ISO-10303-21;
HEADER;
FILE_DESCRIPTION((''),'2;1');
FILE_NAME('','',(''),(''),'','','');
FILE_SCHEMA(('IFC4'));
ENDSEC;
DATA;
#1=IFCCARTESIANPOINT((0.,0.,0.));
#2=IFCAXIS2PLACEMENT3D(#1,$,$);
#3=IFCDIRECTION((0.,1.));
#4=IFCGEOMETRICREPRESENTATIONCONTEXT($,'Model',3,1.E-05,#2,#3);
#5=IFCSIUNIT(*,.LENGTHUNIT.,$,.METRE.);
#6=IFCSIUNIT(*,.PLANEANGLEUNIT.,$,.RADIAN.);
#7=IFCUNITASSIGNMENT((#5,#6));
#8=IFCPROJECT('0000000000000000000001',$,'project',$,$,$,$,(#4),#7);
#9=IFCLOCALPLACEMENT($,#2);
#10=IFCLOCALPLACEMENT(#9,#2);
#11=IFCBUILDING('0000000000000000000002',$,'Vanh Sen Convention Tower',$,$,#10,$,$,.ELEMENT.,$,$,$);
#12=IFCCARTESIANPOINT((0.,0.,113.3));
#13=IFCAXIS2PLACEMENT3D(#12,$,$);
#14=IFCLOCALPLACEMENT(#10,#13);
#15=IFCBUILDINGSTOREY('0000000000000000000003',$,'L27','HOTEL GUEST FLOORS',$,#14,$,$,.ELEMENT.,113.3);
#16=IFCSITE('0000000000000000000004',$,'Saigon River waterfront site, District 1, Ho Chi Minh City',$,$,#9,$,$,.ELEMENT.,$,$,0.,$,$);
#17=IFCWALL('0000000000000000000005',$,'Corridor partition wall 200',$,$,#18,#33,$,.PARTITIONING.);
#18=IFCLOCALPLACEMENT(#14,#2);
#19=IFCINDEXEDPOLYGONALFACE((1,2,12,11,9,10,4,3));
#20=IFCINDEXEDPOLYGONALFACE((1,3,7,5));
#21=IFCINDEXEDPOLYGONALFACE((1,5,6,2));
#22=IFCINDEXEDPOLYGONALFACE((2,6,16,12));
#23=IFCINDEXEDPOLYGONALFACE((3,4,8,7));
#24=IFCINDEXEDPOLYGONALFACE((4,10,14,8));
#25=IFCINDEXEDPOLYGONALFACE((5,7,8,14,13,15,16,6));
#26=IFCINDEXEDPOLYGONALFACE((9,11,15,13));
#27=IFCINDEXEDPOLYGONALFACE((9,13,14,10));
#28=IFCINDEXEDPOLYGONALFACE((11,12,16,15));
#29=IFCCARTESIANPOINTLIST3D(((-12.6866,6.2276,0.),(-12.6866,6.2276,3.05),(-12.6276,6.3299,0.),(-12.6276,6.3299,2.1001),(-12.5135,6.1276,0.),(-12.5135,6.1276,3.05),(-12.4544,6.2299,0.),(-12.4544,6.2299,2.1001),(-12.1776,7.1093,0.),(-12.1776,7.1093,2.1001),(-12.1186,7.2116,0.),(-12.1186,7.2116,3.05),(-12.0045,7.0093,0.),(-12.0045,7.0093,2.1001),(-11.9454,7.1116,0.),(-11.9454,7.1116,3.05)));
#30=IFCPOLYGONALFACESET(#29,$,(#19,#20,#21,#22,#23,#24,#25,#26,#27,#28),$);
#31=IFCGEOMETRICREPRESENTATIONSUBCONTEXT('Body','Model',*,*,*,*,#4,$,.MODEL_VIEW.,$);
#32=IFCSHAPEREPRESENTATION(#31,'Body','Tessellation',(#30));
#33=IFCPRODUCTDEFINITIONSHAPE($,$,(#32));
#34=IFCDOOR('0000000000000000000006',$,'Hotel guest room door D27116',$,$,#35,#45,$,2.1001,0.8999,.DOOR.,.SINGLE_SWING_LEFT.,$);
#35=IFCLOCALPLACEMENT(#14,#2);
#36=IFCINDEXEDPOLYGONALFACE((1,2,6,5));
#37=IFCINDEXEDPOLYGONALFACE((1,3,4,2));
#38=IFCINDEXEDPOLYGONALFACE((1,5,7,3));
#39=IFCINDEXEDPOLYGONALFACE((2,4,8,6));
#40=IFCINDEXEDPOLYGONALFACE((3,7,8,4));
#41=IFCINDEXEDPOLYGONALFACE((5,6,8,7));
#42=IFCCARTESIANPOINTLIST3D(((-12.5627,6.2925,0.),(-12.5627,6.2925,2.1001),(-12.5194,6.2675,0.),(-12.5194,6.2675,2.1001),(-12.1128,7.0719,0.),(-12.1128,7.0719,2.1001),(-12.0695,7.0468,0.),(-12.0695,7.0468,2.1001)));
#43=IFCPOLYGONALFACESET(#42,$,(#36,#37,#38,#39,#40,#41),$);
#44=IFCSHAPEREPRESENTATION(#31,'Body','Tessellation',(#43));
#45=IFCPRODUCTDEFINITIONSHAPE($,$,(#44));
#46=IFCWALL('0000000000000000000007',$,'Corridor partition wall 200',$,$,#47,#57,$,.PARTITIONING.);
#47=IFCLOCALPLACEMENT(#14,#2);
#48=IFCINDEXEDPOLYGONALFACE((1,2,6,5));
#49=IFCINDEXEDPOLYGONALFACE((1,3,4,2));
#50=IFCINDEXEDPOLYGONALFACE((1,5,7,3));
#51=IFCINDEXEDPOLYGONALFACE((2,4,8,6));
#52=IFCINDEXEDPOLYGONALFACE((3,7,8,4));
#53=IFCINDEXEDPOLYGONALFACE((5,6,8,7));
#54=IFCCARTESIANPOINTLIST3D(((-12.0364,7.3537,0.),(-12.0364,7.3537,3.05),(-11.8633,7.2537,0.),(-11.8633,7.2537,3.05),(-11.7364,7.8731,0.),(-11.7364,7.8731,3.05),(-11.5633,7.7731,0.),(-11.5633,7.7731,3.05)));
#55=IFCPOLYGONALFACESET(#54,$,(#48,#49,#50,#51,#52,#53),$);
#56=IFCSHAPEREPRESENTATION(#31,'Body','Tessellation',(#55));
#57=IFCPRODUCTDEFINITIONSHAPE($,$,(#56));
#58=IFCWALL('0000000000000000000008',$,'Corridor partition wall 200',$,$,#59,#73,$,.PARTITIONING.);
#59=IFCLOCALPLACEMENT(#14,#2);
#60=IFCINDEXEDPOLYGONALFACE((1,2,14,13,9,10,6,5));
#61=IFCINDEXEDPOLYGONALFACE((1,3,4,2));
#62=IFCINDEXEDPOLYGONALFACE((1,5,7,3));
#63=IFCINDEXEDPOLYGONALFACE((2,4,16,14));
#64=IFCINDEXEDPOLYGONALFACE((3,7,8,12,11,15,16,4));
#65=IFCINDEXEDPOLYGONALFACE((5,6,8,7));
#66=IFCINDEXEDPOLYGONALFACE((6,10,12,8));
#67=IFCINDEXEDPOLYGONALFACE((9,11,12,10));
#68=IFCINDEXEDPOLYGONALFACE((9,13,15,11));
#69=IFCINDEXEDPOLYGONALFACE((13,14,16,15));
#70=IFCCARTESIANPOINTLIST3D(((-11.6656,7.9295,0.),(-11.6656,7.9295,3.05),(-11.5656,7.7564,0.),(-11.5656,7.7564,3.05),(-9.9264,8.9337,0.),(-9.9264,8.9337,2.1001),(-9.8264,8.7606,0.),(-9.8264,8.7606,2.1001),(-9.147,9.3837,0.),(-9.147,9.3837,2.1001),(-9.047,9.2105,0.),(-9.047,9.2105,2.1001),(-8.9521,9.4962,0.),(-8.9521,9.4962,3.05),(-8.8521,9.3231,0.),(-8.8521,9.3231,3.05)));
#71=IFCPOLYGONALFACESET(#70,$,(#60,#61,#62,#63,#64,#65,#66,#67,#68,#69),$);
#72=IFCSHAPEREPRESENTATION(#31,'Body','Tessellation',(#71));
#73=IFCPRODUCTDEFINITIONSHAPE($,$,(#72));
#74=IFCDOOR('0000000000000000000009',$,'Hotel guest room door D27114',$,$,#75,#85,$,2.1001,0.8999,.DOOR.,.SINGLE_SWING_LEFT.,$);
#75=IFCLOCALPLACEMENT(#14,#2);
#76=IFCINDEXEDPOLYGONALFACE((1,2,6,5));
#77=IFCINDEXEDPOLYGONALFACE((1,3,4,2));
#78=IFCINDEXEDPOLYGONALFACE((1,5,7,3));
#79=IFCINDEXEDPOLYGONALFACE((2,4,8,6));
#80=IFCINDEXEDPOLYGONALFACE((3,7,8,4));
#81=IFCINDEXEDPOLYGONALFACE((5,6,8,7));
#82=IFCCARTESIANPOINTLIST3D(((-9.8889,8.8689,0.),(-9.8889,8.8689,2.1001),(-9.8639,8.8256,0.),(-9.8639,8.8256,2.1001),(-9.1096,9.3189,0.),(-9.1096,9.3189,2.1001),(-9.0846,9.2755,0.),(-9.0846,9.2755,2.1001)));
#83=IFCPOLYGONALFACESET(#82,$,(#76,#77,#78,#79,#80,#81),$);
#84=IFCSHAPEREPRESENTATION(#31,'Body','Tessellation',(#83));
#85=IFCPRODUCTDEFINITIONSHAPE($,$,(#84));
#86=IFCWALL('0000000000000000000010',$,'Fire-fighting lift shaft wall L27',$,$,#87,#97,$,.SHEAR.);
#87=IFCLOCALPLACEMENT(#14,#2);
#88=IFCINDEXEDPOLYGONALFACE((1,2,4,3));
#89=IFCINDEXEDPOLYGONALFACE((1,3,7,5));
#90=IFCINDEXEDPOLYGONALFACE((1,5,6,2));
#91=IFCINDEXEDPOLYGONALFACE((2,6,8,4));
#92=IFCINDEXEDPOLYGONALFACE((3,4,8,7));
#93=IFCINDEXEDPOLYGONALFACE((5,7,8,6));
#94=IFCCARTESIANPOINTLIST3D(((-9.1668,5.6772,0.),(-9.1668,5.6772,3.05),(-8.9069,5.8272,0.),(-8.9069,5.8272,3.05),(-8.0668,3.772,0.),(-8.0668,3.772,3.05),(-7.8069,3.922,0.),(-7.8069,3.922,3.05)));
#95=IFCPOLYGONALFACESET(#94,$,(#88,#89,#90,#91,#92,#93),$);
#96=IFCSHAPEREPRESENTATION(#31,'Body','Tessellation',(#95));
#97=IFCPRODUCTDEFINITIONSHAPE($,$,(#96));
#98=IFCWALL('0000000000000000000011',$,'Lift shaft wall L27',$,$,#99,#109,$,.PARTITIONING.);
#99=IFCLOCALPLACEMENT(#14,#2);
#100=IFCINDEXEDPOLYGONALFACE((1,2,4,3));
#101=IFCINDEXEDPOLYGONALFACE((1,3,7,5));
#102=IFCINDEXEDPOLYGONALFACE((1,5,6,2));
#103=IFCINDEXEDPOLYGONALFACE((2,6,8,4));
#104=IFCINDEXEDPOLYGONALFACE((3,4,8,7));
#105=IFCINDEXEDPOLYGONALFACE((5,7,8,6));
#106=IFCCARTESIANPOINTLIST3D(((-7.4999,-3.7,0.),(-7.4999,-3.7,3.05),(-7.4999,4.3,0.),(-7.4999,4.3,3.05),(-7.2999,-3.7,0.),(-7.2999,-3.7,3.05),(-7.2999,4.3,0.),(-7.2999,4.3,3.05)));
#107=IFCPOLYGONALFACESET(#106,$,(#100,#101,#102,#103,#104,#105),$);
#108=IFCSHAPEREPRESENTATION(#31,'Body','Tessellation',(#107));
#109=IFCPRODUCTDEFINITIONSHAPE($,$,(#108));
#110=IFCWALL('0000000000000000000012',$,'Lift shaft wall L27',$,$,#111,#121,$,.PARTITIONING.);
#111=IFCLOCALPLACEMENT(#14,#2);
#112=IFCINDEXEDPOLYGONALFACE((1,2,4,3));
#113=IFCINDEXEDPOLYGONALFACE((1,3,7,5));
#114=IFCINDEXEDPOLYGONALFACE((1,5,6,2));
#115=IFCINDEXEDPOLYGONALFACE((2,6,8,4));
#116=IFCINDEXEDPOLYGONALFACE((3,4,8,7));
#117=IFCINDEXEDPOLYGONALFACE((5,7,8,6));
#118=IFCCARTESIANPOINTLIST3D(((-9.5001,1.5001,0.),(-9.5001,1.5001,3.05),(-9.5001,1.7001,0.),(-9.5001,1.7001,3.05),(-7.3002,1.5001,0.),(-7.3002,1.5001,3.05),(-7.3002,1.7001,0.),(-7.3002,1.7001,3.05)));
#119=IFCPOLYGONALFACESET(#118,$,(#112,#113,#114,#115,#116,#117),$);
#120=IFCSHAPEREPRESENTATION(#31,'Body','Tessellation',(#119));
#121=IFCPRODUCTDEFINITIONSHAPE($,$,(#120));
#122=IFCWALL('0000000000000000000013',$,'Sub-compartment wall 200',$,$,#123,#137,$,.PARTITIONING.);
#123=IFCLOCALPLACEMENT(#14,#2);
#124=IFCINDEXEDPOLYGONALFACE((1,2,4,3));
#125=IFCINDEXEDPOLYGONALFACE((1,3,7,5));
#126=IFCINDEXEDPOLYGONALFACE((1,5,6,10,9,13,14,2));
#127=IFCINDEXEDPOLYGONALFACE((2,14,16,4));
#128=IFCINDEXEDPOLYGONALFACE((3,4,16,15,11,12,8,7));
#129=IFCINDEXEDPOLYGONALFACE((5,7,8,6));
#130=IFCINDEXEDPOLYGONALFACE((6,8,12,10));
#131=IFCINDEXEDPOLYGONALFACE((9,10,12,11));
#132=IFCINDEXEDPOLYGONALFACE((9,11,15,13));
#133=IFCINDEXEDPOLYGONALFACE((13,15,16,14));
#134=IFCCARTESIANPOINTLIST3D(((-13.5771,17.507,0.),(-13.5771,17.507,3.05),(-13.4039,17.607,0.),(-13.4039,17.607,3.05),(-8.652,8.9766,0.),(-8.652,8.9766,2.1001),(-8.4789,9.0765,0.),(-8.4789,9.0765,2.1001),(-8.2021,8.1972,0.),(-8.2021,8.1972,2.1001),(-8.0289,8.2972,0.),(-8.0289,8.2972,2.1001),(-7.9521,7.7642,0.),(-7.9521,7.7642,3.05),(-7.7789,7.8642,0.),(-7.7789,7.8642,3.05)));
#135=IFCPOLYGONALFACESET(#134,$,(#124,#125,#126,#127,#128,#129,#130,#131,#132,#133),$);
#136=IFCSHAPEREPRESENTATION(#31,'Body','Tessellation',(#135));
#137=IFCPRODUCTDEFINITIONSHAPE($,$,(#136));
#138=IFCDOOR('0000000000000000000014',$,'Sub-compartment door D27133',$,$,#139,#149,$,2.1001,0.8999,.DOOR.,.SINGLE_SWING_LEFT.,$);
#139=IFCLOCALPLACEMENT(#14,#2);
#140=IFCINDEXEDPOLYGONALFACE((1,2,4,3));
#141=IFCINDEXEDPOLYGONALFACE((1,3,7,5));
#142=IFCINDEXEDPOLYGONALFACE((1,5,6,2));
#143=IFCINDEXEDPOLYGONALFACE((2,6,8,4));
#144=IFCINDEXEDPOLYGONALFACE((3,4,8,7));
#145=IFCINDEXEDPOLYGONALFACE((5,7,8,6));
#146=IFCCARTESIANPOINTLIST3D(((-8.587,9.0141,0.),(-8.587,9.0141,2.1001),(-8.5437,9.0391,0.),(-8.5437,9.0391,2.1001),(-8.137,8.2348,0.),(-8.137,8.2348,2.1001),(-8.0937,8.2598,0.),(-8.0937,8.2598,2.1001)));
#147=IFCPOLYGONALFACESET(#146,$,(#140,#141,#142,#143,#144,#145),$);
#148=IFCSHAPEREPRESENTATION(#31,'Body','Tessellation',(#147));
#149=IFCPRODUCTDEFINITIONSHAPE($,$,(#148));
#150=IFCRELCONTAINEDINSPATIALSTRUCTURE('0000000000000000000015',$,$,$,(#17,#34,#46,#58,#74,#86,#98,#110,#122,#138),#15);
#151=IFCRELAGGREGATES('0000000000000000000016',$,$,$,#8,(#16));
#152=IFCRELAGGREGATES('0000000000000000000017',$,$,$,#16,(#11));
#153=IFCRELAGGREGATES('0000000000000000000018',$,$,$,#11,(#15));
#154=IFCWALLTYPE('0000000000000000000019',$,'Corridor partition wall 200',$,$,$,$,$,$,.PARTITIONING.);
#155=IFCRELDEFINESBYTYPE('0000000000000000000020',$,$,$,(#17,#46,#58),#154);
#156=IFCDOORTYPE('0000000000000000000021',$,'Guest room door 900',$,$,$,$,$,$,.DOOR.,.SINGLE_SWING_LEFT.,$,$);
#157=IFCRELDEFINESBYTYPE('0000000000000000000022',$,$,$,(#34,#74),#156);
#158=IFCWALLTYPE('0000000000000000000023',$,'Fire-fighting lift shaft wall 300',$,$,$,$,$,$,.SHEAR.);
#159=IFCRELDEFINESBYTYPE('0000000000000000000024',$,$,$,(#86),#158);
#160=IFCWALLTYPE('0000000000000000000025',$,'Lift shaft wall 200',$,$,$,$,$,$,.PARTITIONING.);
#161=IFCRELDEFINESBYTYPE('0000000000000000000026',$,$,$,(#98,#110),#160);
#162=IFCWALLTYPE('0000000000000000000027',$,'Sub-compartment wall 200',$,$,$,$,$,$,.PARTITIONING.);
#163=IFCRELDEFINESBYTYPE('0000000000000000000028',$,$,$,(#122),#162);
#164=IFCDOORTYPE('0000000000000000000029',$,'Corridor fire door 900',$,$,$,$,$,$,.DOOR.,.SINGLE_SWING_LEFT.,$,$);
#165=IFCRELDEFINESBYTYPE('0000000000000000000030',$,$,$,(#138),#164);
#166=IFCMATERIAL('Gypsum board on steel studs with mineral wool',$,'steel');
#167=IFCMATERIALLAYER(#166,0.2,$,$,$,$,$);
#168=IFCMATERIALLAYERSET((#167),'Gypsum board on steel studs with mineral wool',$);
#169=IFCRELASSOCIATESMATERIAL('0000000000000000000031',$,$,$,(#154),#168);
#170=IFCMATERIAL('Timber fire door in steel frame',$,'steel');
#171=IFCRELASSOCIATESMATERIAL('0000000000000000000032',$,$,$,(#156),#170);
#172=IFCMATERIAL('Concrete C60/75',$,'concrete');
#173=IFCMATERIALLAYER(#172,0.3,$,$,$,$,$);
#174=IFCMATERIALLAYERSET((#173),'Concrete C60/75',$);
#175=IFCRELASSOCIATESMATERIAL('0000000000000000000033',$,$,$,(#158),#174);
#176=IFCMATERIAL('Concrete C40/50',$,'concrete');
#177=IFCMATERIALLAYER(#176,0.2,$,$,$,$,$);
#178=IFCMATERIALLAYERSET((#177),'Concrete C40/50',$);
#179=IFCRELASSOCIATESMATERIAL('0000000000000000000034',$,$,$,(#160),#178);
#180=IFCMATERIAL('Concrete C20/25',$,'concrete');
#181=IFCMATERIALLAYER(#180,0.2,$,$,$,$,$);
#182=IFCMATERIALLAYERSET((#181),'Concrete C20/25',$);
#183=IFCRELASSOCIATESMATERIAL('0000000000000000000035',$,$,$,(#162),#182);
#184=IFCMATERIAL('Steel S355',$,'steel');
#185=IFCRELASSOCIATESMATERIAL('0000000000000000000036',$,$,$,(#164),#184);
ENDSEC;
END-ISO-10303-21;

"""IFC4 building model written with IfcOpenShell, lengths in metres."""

from ifc_helpers import new_model, si_unit, direction, frame, frame_2d, origin, place, context, subcontext, project, spatial, rectangle, extrude, material, layer, layer_set, type_object, element, fill, save


model = new_model("IFC4")

# Units and contexts
model_context = context("Model", 3, precision=1e-05, world=origin(), true_north=direction((0.0, 1.0)))
body_context = subcontext(model_context, "Body", "Model", "MODEL_VIEW")
ifc_project = project(units=[si_unit("LENGTHUNIT", "METRE"), si_unit("PLANEANGLEUNIT", "RADIAN")], contexts=[model_context])

# Site, building, storey
site_placement = place(None, origin())
site = spatial("IfcSite", under=ifc_project, at=site_placement, Name="Saigon River waterfront site, District 1, Ho Chi Minh City", CompositionType="ELEMENT", RefElevation=0.0)
building_placement = place(site_placement, origin())
building = spatial("IfcBuilding", under=site, at=building_placement, Name="Vanh Sen Convention Tower", CompositionType="ELEMENT")
storey_placement = place(building_placement, frame((0.0, 0.0, 113.3)))
storey = spatial("IfcBuildingStorey", under=building, at=storey_placement, Name="L27", Description="HOTEL GUEST FLOORS", CompositionType="ELEMENT", Elevation=113.3)

# Shared definitions
ifc_material_1 = material(Name="Gypsum board on steel studs with mineral wool", Category="steel")
ifc_layer_1 = layer(ifc_material_1, 0.2)
ifc_layer_set_1 = layer_set([ifc_layer_1], Name="Gypsum board on steel studs with mineral wool")
wall_type_1 = type_object("IfcWallType", Name="Corridor partition wall 200", PredefinedType="PARTITIONING", material=ifc_layer_set_1)
ifc_material_2 = material(Name="Timber fire door in steel frame", Category="steel")
door_type_1 = type_object("IfcDoorType", Name="Guest room door 900", OperationType="SINGLE_SWING_LEFT", PredefinedType="DOOR", material=ifc_material_2)

# Wall, opening, door
wall_1_placement = place(storey_placement, frame((-12.032, 7.1616, 0.0), z_axis=(0.0, 0.0, 1.0), x_axis=(-0.499952, -0.866053, 0.0)))
wall_1 = element("IfcWall", 1, at=wall_1_placement, inside=storey, type_object=wall_type_1, Name="Corridor partition wall 200", PredefinedType="PARTITIONING", context=body_context, shape_type="SweptSolid", body=[
    extrude(rectangle(XDim=1.1362, YDim=0.2, at=frame_2d((0.5681, 0.0))), origin(), (0.0, 0.0, 1.0), 3.05),
])
opening_1_placement = place(wall_1_placement, frame((0.1182, 0.0, 0.0)))
opening_1 = element("IfcOpeningElement", 2, at=opening_1_placement, cuts=wall_1, PredefinedType="OPENING", context=body_context, shape_type="SweptSolid", body=[
    extrude(rectangle(XDim=0.8999, YDim=2.1001, at=frame_2d((0.45, 1.05))), frame((0.0, 0.1099, 0.0), z_axis=(0.0, -1.0, 0.0), x_axis=(1.0, 0.0, 0.0)), (0.0, 0.0, 1.0), 0.22),
])
door_1_placement = place(opening_1_placement, origin())
door_1 = element("IfcDoor", 3, at=door_1_placement, inside=storey, type_object=door_type_1, Name="Hotel guest room door D27116", OperationType="SINGLE_SWING_LEFT", OverallHeight=2.1001, OverallWidth=0.8999, PredefinedType="DOOR", context=body_context, shape_type="SweptSolid", body=[
    extrude(rectangle(XDim=0.8999, YDim=2.1001, at=frame_2d((0.45, 1.05))), frame((0.0, 0.0249, 0.0), z_axis=(0.0, -1.0, 0.0), x_axis=(1.0, 0.0, 0.0)), (0.0, 0.0, 1.0), 0.05),
])
fill(opening_1, door_1)

# Wall
wall_2_placement = place(storey_placement, frame((-11.6499, 7.823, 0.0), z_axis=(0.0, 0.0, 1.0), x_axis=(-0.500122, -0.865955, 0.0)))
element("IfcWall", 4, at=wall_2_placement, inside=storey, type_object=wall_type_1, Name="Corridor partition wall 200", PredefinedType="PARTITIONING", context=body_context, shape_type="SweptSolid", body=[
    extrude(rectangle(XDim=0.5999, YDim=0.2, at=frame_2d((0.2998, 0.0))), origin(), (0.0, 0.0, 1.0), 3.05),
])

# Wall, opening, door
wall_3_placement = place(storey_placement, frame((-8.9021, 9.4097, 0.0), z_axis=(0.0, 0.0, 1.0), x_axis=(-0.866014, -0.500019, 0.0)))
wall_3 = element("IfcWall", 5, at=wall_3_placement, inside=storey, type_object=wall_type_1, Name="Corridor partition wall 200", PredefinedType="PARTITIONING", context=body_context, shape_type="SweptSolid", body=[
    extrude(rectangle(XDim=3.1333, YDim=0.2, at=frame_2d((1.5667, 0.0))), origin(), (0.0, 0.0, 1.0), 3.05),
])
opening_2_placement = place(wall_3_placement, frame((0.2251, 0.0, 0.0)))
opening_2 = element("IfcOpeningElement", 6, at=opening_2_placement, cuts=wall_3, PredefinedType="OPENING", context=body_context, shape_type="SweptSolid", body=[
    extrude(rectangle(XDim=0.8999, YDim=2.1001, at=frame_2d((0.45, 1.05))), frame((0.0, 0.1099, 0.0), z_axis=(0.0, -1.0, 0.0), x_axis=(1.0, 0.0, 0.0)), (0.0, 0.0, 1.0), 0.22),
])
door_2_placement = place(opening_2_placement, origin())
door_2 = element("IfcDoor", 7, at=door_2_placement, inside=storey, type_object=door_type_1, Name="Hotel guest room door D27114", OperationType="SINGLE_SWING_LEFT", OverallHeight=2.1001, OverallWidth=0.8999, PredefinedType="DOOR", context=body_context, shape_type="SweptSolid", body=[
    extrude(rectangle(XDim=0.8999, YDim=2.1001, at=frame_2d((0.45, 1.05))), frame((0.0, 0.0249, 0.0), z_axis=(0.0, -1.0, 0.0), x_axis=(1.0, 0.0, 0.0)), (0.0, 0.0, 1.0), 0.05),
])
fill(opening_2, door_2)

# Walls
ifc_material_3 = material(Name="Concrete C60/75", Category="concrete")
ifc_layer_2 = layer(ifc_material_3, 0.3)
ifc_layer_set_2 = layer_set([ifc_layer_2], Name="Concrete C60/75")
wall_type_2 = type_object("IfcWallType", Name="Fire-fighting lift shaft wall 300", PredefinedType="SHEAR", material=ifc_layer_set_2)
wall_4_placement = place(storey_placement, frame((-7.9368, 3.8469, 0.0), z_axis=(0.0, 0.0, 1.0), x_axis=(-0.50003, 0.866008, 0.0)))
element("IfcWall", 8, at=wall_4_placement, inside=storey, type_object=wall_type_2, Name="Fire-fighting lift shaft wall L27", PredefinedType="SHEAR", context=body_context, shape_type="SweptSolid", body=[
    extrude(rectangle(XDim=2.2, YDim=0.3, at=frame_2d((1.1001, 0.0))), origin(), (0.0, 0.0, 1.0), 3.05),
])
ifc_material_4 = material(Name="Concrete C40/50", Category="concrete")
ifc_layer_3 = layer(ifc_material_4, 0.2)
ifc_layer_set_3 = layer_set([ifc_layer_3], Name="Concrete C40/50")
wall_type_3 = type_object("IfcWallType", Name="Lift shaft wall 200", PredefinedType="PARTITIONING", material=ifc_layer_set_3)
wall_5_placement = place(storey_placement, frame((-7.3999, 4.3, 0.0), z_axis=(0.0, 0.0, 1.0), x_axis=(0.0, -1.0, 0.0)))
element("IfcWall", 9, at=wall_5_placement, inside=storey, type_object=wall_type_3, Name="Lift shaft wall L27", PredefinedType="PARTITIONING", context=body_context, shape_type="SweptSolid", body=[
    extrude(rectangle(XDim=8.0, YDim=0.2, at=frame_2d((4.0, 0.0))), origin(), (0.0, 0.0, 1.0), 3.05),
])
wall_6_placement = place(storey_placement, frame((-7.3, 1.6001, 0.0), z_axis=(0.0, 0.0, 1.0), x_axis=(-1.0, 0.0, 0.0)))
element("IfcWall", 10, at=wall_6_placement, inside=storey, type_object=wall_type_3, Name="Lift shaft wall L27", PredefinedType="PARTITIONING", context=body_context, shape_type="SweptSolid", body=[
    extrude(rectangle(XDim=2.2, YDim=0.2, at=frame_2d((1.1001, 0.0))), origin(), (0.0, 0.0, 1.0), 3.05),
])

# Wall, opening, door
ifc_material_5 = material(Name="Concrete C20/25", Category="concrete")
ifc_layer_4 = layer(ifc_material_5, 0.2)
ifc_layer_set_4 = layer_set([ifc_layer_4], Name="Concrete C20/25")
wall_type_4 = type_object("IfcWallType", Name="Sub-compartment wall 200", PredefinedType="PARTITIONING", material=ifc_layer_set_4)
wall_7_placement = place(storey_placement, frame((-7.8655, 7.8142, 0.0), z_axis=(0.0, 0.0, 1.0), x_axis=(-0.500004, 0.866023, 0.0)))
wall_7 = element("IfcWall", 11, at=wall_7_placement, inside=storey, type_object=wall_type_4, Name="Sub-compartment wall 200", PredefinedType="PARTITIONING", context=body_context, shape_type="SweptSolid", body=[
    extrude(rectangle(XDim=11.25, YDim=0.2, at=frame_2d((5.625, 0.0))), origin(), (0.0, 0.0, 1.0), 3.05),
])
opening_3_placement = place(wall_7_placement, frame((0.5, 0.0, 0.0)))
opening_3 = element("IfcOpeningElement", 12, at=opening_3_placement, cuts=wall_7, PredefinedType="OPENING", context=body_context, shape_type="SweptSolid", body=[
    extrude(rectangle(XDim=0.8999, YDim=2.1001, at=frame_2d((0.45, 1.05))), frame((0.0, 0.1099, 0.0), z_axis=(0.0, -1.0, 0.0), x_axis=(1.0, 0.0, 0.0)), (0.0, 0.0, 1.0), 0.22),
])
ifc_material_6 = material(Name="Steel S355", Category="steel")
door_type_2 = type_object("IfcDoorType", Name="Corridor fire door 900", OperationType="SINGLE_SWING_LEFT", PredefinedType="DOOR", material=ifc_material_6)
door_3_placement = place(opening_3_placement, origin())
door_3 = element("IfcDoor", 13, at=door_3_placement, inside=storey, type_object=door_type_2, Name="Sub-compartment door D27133", OperationType="SINGLE_SWING_LEFT", OverallHeight=2.1001, OverallWidth=0.8999, PredefinedType="DOOR", context=body_context, shape_type="SweptSolid", body=[
    extrude(rectangle(XDim=0.8999, YDim=2.1001, at=frame_2d((0.45, 1.05))), frame((0.0, 0.0249, 0.0), z_axis=(0.0, -1.0, 0.0), x_axis=(1.0, 0.0, 0.0)), (0.0, 0.0, 1.0), 0.05),
])
fill(opening_3, door_3)

save(model, "model.ifc")
